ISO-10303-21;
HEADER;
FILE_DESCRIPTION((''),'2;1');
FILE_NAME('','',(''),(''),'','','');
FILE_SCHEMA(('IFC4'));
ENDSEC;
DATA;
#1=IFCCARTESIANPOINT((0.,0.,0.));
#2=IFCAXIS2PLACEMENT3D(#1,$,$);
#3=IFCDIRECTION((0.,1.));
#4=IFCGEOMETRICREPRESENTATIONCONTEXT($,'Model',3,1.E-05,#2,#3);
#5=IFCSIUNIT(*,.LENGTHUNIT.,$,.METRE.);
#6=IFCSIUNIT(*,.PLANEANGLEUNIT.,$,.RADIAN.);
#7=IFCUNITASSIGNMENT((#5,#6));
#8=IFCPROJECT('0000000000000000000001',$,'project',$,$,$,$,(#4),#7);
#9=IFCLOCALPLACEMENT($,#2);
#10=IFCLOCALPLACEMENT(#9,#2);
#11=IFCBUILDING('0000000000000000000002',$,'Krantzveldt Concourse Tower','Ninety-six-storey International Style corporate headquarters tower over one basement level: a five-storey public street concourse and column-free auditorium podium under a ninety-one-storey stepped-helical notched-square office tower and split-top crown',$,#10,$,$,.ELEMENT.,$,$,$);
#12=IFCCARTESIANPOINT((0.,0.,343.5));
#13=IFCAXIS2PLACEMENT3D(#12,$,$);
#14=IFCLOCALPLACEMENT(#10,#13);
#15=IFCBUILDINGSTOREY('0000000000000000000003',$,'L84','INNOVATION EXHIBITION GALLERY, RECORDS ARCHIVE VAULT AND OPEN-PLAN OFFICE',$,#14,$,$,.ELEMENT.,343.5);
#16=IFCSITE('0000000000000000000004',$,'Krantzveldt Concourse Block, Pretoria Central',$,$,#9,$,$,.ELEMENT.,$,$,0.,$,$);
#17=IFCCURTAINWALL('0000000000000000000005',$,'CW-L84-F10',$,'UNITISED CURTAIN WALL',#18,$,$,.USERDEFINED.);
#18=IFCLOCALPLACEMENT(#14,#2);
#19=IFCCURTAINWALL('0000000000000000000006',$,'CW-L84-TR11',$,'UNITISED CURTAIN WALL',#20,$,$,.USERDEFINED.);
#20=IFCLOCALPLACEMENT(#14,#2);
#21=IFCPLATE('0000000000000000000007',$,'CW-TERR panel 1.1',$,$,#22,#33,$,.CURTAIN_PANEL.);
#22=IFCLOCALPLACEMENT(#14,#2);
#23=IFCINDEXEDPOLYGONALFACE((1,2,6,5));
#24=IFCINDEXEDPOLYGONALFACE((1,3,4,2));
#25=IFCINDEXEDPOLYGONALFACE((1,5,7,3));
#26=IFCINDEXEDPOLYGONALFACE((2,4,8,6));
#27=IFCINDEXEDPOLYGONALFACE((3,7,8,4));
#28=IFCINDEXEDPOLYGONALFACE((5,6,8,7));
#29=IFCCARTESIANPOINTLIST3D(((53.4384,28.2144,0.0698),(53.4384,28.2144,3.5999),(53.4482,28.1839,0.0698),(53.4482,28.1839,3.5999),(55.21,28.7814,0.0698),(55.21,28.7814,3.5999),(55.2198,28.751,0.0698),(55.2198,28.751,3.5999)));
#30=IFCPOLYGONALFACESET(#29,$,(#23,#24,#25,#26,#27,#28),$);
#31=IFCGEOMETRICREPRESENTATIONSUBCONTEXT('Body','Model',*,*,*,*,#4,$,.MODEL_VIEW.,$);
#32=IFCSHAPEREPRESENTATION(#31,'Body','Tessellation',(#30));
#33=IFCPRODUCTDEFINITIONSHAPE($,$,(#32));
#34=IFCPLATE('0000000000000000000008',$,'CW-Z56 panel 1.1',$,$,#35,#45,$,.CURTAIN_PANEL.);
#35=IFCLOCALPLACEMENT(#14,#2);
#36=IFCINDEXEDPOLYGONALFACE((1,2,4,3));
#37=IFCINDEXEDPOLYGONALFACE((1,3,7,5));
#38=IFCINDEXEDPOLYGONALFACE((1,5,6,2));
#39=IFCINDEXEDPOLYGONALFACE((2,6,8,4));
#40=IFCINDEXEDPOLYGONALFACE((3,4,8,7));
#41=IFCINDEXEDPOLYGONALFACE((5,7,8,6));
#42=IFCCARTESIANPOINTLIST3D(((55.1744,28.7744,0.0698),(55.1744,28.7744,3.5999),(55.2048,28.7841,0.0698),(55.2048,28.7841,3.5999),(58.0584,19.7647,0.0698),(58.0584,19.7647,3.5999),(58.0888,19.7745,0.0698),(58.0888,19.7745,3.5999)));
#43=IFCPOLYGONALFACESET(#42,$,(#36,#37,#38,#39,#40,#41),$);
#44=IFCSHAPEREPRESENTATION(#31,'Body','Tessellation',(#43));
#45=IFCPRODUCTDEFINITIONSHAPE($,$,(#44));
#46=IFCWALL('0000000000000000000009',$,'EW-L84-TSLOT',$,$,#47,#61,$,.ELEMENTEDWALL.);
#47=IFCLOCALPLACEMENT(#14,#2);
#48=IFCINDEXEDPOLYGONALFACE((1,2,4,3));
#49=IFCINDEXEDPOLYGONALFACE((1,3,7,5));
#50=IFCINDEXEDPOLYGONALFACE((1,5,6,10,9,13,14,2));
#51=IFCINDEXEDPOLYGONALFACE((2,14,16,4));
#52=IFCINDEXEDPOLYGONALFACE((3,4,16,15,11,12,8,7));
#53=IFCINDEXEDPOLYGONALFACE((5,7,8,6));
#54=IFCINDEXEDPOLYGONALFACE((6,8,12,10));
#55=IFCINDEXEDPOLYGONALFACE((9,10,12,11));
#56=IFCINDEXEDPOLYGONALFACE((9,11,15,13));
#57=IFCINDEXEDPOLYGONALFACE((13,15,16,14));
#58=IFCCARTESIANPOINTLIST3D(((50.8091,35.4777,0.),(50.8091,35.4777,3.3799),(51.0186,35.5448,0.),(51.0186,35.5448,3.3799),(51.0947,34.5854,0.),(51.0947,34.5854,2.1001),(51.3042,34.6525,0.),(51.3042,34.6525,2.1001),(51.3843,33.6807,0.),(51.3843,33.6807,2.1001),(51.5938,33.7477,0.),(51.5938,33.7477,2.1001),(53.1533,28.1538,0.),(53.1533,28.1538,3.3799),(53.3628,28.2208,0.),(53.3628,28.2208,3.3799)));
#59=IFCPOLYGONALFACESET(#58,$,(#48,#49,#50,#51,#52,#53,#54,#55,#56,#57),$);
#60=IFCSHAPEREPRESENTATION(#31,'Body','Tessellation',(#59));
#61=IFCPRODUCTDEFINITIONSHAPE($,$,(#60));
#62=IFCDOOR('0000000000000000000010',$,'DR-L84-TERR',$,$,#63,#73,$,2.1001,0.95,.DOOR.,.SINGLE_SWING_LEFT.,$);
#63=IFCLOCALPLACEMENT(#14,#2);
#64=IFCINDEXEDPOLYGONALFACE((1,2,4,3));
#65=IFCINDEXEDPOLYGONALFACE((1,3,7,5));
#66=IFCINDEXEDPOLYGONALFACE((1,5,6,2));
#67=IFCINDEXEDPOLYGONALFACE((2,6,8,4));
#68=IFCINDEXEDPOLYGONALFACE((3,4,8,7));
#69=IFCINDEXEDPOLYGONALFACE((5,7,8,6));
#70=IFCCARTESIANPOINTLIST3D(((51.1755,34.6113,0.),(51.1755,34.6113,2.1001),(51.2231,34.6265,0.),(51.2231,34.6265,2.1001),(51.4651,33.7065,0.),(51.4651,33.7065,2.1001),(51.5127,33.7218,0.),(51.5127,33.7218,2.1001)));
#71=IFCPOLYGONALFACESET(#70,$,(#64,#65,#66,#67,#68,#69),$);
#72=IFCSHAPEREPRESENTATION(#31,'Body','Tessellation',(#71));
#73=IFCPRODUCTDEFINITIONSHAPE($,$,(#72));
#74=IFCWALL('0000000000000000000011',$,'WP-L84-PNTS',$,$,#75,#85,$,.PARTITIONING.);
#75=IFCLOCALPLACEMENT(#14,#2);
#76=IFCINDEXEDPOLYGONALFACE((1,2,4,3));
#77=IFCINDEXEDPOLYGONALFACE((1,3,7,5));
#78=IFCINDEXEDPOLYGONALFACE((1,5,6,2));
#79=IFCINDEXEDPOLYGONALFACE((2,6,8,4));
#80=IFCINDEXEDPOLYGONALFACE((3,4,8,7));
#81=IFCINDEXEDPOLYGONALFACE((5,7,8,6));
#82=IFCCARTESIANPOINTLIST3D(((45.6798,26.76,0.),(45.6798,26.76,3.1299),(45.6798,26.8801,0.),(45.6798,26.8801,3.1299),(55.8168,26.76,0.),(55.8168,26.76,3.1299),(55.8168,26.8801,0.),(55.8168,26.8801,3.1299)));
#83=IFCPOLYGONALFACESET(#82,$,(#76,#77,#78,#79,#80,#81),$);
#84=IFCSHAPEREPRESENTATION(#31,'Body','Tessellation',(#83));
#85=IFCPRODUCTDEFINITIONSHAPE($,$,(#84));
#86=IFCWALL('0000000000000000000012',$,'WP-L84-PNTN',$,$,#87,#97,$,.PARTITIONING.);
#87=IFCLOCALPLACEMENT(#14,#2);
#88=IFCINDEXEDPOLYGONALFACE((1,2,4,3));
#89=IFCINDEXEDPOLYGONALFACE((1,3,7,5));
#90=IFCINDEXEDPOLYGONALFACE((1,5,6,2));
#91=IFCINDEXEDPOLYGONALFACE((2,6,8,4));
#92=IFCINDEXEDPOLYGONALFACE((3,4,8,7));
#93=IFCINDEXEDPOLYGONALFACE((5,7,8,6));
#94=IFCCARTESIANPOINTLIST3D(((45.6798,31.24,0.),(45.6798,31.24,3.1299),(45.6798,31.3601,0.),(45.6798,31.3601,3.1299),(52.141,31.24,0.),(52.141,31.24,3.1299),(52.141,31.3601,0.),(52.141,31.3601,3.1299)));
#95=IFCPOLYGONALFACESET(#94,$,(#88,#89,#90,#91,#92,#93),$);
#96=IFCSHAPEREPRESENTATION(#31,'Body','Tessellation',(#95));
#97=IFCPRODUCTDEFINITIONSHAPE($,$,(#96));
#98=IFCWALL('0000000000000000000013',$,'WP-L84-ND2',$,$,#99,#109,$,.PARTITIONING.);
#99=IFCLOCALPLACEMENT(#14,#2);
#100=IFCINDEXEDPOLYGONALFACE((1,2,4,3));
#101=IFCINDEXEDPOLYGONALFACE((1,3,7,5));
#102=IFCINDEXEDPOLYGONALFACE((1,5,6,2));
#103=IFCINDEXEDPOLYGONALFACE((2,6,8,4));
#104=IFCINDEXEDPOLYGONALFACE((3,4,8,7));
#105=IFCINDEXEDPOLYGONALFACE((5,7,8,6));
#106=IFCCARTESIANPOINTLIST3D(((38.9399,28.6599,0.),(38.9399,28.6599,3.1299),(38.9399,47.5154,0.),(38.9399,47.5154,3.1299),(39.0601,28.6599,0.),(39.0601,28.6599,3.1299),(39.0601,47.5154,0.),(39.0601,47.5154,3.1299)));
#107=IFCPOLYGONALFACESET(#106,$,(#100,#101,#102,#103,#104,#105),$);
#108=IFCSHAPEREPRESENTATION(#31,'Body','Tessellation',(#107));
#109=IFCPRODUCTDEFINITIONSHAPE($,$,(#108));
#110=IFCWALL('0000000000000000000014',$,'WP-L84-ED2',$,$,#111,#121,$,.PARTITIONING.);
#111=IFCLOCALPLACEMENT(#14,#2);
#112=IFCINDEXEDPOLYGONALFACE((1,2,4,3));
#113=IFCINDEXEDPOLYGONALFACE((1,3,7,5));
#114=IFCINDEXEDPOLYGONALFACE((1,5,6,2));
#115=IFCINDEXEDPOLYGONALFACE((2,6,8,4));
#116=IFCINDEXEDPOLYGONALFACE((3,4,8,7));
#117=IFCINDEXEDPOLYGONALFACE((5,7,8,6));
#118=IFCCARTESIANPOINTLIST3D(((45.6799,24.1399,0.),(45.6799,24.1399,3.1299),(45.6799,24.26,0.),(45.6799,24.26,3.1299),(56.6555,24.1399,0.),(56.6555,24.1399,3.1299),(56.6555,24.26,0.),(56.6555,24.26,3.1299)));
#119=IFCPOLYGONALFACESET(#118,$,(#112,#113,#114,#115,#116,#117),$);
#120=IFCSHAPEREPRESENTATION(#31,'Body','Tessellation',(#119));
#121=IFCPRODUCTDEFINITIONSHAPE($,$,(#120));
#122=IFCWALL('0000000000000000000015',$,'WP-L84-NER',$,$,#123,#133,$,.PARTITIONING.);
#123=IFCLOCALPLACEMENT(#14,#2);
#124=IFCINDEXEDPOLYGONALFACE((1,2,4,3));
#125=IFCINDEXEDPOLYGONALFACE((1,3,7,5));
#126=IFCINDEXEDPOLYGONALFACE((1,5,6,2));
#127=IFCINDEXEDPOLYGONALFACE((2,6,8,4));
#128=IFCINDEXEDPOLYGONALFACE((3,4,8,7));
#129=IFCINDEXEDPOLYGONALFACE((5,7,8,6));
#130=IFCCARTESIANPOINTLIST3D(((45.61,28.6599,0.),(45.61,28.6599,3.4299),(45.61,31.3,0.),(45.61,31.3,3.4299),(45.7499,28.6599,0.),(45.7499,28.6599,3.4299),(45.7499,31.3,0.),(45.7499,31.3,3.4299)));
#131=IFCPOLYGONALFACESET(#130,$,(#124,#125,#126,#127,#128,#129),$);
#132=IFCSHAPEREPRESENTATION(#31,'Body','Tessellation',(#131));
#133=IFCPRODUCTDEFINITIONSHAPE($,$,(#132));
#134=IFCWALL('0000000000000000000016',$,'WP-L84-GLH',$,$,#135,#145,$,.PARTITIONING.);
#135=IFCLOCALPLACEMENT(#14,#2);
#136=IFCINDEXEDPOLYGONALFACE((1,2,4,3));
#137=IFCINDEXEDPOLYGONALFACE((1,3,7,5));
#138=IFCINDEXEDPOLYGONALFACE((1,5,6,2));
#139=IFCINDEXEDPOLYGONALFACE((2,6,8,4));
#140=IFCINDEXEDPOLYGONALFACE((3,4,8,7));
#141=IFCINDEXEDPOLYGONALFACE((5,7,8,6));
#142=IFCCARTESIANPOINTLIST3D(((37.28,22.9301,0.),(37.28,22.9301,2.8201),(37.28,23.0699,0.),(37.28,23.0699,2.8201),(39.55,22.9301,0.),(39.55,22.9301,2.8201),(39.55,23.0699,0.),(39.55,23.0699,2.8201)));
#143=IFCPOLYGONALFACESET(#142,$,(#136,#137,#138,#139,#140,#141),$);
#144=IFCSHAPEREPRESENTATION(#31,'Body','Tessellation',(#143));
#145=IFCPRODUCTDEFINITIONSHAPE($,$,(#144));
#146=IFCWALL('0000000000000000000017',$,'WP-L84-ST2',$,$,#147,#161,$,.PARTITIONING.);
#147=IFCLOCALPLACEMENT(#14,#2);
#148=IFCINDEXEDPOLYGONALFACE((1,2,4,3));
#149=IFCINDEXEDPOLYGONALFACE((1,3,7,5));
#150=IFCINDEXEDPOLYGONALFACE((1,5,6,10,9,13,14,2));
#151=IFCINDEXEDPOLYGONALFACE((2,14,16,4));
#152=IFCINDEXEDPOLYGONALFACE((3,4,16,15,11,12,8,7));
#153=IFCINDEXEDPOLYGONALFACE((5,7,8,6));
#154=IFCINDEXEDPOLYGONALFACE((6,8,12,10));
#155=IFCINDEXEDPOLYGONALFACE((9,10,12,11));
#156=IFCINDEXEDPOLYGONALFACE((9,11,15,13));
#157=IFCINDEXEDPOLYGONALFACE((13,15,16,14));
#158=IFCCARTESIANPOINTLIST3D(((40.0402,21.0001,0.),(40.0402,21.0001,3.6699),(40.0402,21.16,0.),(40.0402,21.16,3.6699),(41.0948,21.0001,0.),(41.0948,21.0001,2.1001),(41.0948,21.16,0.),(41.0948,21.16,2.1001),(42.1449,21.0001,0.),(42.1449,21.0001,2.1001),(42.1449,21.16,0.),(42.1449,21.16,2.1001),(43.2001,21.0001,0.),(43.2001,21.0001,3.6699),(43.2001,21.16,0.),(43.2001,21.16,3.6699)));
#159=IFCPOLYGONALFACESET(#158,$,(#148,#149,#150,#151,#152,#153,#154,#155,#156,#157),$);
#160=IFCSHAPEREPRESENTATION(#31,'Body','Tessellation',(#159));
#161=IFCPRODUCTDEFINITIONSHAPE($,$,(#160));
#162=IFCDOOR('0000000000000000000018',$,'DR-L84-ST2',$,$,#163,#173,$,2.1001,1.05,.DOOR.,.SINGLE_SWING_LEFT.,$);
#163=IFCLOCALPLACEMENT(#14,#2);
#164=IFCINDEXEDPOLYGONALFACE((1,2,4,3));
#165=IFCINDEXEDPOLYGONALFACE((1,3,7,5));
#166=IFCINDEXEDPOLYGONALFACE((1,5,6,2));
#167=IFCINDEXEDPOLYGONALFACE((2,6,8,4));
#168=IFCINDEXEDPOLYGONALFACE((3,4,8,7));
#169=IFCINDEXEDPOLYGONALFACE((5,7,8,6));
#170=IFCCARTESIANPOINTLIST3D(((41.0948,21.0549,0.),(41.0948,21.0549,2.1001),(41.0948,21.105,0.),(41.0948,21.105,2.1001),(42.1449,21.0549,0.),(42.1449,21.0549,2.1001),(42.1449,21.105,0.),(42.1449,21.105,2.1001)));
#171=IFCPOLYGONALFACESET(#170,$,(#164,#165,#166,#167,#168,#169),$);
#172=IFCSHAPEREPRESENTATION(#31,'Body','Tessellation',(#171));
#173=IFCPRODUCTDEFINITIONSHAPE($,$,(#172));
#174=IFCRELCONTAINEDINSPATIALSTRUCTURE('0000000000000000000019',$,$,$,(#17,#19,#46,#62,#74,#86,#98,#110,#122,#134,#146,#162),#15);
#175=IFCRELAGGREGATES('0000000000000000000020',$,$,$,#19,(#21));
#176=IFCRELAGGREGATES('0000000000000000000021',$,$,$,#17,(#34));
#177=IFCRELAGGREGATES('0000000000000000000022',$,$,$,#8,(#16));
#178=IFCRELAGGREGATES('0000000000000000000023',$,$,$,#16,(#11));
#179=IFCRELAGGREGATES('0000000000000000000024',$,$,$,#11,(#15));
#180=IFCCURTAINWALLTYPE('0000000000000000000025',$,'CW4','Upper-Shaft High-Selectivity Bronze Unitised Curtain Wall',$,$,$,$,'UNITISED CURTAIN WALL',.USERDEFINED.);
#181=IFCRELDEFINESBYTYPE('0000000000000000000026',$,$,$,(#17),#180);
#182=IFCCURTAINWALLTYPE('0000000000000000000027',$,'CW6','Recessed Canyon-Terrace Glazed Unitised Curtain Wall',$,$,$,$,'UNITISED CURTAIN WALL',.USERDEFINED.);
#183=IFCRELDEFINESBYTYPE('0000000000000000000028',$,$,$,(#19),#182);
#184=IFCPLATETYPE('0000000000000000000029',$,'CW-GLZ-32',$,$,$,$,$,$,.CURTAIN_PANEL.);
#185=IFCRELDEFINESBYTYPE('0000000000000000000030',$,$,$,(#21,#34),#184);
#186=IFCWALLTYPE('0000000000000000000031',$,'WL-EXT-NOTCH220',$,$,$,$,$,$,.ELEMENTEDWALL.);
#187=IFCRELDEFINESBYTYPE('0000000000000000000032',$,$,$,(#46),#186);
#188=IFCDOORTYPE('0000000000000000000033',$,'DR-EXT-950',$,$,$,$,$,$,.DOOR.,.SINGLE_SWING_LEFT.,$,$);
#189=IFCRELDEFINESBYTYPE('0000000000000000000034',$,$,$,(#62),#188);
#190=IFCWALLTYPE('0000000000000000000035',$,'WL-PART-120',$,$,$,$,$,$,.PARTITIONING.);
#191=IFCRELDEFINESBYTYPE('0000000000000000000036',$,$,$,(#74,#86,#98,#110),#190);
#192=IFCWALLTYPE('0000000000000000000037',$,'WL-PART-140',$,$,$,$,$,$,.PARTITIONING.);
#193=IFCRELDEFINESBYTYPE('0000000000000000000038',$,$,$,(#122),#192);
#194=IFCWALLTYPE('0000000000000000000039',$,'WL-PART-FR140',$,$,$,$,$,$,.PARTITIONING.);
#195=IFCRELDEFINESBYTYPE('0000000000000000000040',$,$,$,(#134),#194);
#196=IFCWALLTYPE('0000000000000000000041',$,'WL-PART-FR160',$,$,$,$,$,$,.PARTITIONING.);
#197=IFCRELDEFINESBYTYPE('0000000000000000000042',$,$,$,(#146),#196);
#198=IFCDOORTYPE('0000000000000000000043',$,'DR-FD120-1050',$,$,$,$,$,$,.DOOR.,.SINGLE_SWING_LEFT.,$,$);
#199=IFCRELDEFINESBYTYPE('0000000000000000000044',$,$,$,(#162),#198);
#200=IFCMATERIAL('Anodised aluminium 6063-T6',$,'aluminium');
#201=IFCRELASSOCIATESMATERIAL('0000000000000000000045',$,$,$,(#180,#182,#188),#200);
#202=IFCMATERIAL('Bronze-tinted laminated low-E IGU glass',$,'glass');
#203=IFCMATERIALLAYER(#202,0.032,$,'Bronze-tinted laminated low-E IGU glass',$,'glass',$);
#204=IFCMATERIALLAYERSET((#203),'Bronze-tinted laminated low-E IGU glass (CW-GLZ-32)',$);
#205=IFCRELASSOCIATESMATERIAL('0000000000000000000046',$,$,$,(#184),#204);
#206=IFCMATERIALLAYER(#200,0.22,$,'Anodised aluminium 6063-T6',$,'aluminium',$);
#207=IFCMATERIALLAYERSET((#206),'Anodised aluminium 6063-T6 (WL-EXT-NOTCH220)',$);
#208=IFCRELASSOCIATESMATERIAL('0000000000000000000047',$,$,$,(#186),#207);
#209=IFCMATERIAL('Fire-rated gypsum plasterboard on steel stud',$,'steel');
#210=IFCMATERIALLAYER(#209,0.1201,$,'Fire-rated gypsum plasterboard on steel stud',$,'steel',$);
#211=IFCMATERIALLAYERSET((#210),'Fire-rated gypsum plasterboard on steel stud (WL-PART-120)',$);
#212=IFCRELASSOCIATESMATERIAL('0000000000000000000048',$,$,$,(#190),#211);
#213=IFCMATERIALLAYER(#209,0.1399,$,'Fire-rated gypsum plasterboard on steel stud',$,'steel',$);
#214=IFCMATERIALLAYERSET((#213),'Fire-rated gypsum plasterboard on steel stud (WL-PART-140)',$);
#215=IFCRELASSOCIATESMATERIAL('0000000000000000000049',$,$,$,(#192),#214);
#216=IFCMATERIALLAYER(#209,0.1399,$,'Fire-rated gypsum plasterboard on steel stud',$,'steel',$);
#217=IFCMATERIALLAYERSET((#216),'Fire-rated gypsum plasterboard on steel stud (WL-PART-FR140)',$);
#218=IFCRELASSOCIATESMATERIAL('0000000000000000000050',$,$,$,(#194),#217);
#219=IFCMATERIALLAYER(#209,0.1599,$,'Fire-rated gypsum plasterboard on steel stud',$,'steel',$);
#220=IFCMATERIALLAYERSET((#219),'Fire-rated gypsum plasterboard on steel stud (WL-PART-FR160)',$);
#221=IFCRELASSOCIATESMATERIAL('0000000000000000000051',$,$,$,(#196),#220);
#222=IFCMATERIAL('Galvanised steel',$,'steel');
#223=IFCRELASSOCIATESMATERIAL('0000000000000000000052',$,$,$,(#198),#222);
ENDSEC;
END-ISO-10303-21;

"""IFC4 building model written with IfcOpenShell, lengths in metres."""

from ifc_helpers import new_model, si_unit, direction, frame, frame_2d, origin, origin_2d, place, context, subcontext, project, spatial, rectangle, extrude, source, transform, mapped, material, layer, layer_set, type_object, type_shapes, element, fill, aggregate, save


model = new_model("IFC4")

# Units and contexts
model_context = context("Model", 3, precision=1e-05, world=origin(), true_north=direction((0.0, 1.0)))
body_context = subcontext(model_context, "Body", "Model", "MODEL_VIEW")
ifc_project = project(units=[si_unit("LENGTHUNIT", "METRE"), si_unit("PLANEANGLEUNIT", "RADIAN")], contexts=[model_context])

# Site, building, storey
site_placement = place(None, origin())
site = spatial("IfcSite", under=ifc_project, at=site_placement, Name="Krantzveldt Concourse Block, Pretoria Central", CompositionType="ELEMENT", RefElevation=0.0)
building_placement = place(site_placement, origin())
building = spatial("IfcBuilding", under=site, at=building_placement, Name="Krantzveldt Concourse Tower", Description="Ninety-six-storey International Style corporate headquarters tower over one basement level: a five-storey public street concourse and column-free auditorium podium under a ninety-one-storey stepped-helical notched-square office tower and split-top crown", CompositionType="ELEMENT")
storey_placement = place(building_placement, frame((0.0, 0.0, 343.5)))
storey = spatial("IfcBuildingStorey", under=building, at=storey_placement, Name="L84", Description="INNOVATION EXHIBITION GALLERY, RECORDS ARCHIVE VAULT AND OPEN-PLAN OFFICE", CompositionType="ELEMENT", Elevation=343.5)

# Curtain wall
ifc_material_1 = material(Name="Anodised aluminium 6063-T6", Category="aluminium")
curtain_wall_type_1 = type_object("IfcCurtainWallType", Name="CW4", Description="Upper-Shaft High-Selectivity Bronze Unitised Curtain Wall", ElementType="UNITISED CURTAIN WALL", PredefinedType="USERDEFINED", material=ifc_material_1)
curtain_wall_1_placement = place(storey_placement, origin())
curtain_wall_1 = element("IfcCurtainWall", 1, at=curtain_wall_1_placement, inside=storey, type_object=curtain_wall_type_1, Name="CW-L84-F10", ObjectType="UNITISED CURTAIN WALL", PredefinedType="USERDEFINED")

# Curtain wall
curtain_wall_type_2 = type_object("IfcCurtainWallType", Name="CW6", Description="Recessed Canyon-Terrace Glazed Unitised Curtain Wall", ElementType="UNITISED CURTAIN WALL", PredefinedType="USERDEFINED", material=ifc_material_1)
curtain_wall_2_placement = place(storey_placement, origin())
curtain_wall_2 = element("IfcCurtainWall", 2, at=curtain_wall_2_placement, inside=storey, type_object=curtain_wall_type_2, Name="CW-L84-TR11", ObjectType="UNITISED CURTAIN WALL", PredefinedType="USERDEFINED")

# Plates
ifc_material_2 = material(Name="Bronze-tinted laminated low-E IGU glass", Category="glass")
ifc_layer_1 = layer(ifc_material_2, 0.032, Name="Bronze-tinted laminated low-E IGU glass", Category="glass")
ifc_layer_set_1 = layer_set([ifc_layer_1], Name="Bronze-tinted laminated low-E IGU glass (CW-GLZ-32)")
plate_type = type_object("IfcPlateType", Name="CW-GLZ-32", PredefinedType="CURTAIN_PANEL", material=ifc_layer_set_1)
shared_shape_1 = source(origin(), body_context, "Body", "SweptSolid", [
    extrude(rectangle(XDim=1.8601, YDim=0.032, at=origin_2d()), origin(), (0.0, 0.0, 1.0), 3.53),
])
plate_1_placement = place(storey_placement, frame((54.3291, 28.4827, 0.0698), z_axis=(0.0, 0.0, 1.0), x_axis=(-0.952396, -0.304865, 0.0)))
plate_1 = element("IfcPlate", 3, at=plate_1_placement, type_object=plate_type, Name="CW-TERR panel 1.1", PredefinedType="CURTAIN_PANEL", context=body_context, shape_type="MappedRepresentation", body=[
    mapped(shared_shape_1, transform((0.0, 0.0, 0.0), x_axis=(1.0, 0.0, 0.0), y_axis=(0.0, 1.0, 0.0), z_axis=(0.0, 0.0, 1.0), scale=1.0)),
])
aggregate(curtain_wall_2, [plate_1])
shared_shape_2 = source(origin(), body_context, "Body", "SweptSolid", [
    extrude(rectangle(XDim=9.46, YDim=0.032, at=origin_2d()), origin(), (0.0, 0.0, 1.0), 3.53),
])
type_shapes(plate_type, [shared_shape_1, shared_shape_2])
plate_2_placement = place(storey_placement, frame((56.6316, 24.2744, 0.0698), z_axis=(0.0, 0.0, 1.0), x_axis=(-0.304865, 0.952396, 0.0)))
plate_2 = element("IfcPlate", 4, at=plate_2_placement, type_object=plate_type, Name="CW-Z56 panel 1.1", PredefinedType="CURTAIN_PANEL", context=body_context, shape_type="MappedRepresentation", body=[
    mapped(shared_shape_2, transform((0.0, 0.0, 0.0), x_axis=(1.0, 0.0, 0.0), y_axis=(0.0, 1.0, 0.0), z_axis=(0.0, 0.0, 1.0), scale=1.0)),
])
aggregate(curtain_wall_1, [plate_2])

# Wall, opening, door
ifc_layer_2 = layer(ifc_material_1, 0.22, Name="Anodised aluminium 6063-T6", Category="aluminium")
ifc_layer_set_2 = layer_set([ifc_layer_2], Name="Anodised aluminium 6063-T6 (WL-EXT-NOTCH220)")
wall_type_1 = type_object("IfcWallType", Name="WL-EXT-NOTCH220", PredefinedType="ELEMENTEDWALL", material=ifc_layer_set_2)
wall_1_placement = place(storey_placement, frame((50.9138, 35.5112, 0.0), z_axis=(0.0, 0.0, 1.0), x_axis=(0.304843, -0.952403, 0.0)))
wall_1 = element("IfcWall", 5, at=wall_1_placement, inside=storey, type_object=wall_type_1, Name="EW-L84-TSLOT", PredefinedType="ELEMENTEDWALL", context=body_context, shape_type="SweptSolid", body=[
    extrude(rectangle(XDim=7.6899, YDim=0.22, at=frame_2d((3.845, 0.0))), origin(), (0.0, 0.0, 1.0), 3.3799),
])
opening_1_placement = place(wall_1_placement, frame((0.9368, 0.0, 0.0)))
opening_1 = element("IfcOpeningElement", 6, at=opening_1_placement, cuts=wall_1, PredefinedType="OPENING", context=body_context, shape_type="SweptSolid", body=[
    extrude(rectangle(XDim=0.95, YDim=2.1001, at=frame_2d((0.4751, 1.05))), frame((0.0, 0.1201, 0.0), z_axis=(0.0, -1.0, 0.0), x_axis=(1.0, 0.0, 0.0)), (0.0, 0.0, 1.0), 0.24),
])
door_type_1 = type_object("IfcDoorType", Name="DR-EXT-950", OperationType="SINGLE_SWING_LEFT", PredefinedType="DOOR", material=ifc_material_1)
door_1_placement = place(opening_1_placement, origin())
door_1 = element("IfcDoor", 7, at=door_1_placement, inside=storey, type_object=door_type_1, Name="DR-L84-TERR", OperationType="SINGLE_SWING_LEFT", OverallHeight=2.1001, OverallWidth=0.95, PredefinedType="DOOR", context=body_context, shape_type="SweptSolid", body=[
    extrude(rectangle(XDim=0.95, YDim=2.1001, at=frame_2d((0.4751, 1.05))), frame((0.0, 0.0249, 0.0), z_axis=(0.0, -1.0, 0.0), x_axis=(1.0, 0.0, 0.0)), (0.0, 0.0, 1.0), 0.05),
])
fill(opening_1, door_1)

# Walls
ifc_material_3 = material(Name="Fire-rated gypsum plasterboard on steel stud", Category="steel")
ifc_layer_3 = layer(ifc_material_3, 0.1201, Name="Fire-rated gypsum plasterboard on steel stud", Category="steel")
ifc_layer_set_3 = layer_set([ifc_layer_3], Name="Fire-rated gypsum plasterboard on steel stud (WL-PART-120)")
wall_type_2 = type_object("IfcWallType", Name="WL-PART-120", PredefinedType="PARTITIONING", material=ifc_layer_set_3)
wall_2_placement = place(storey_placement, frame((45.6799, 26.8201, 0.0), z_axis=(0.0, 0.0, 1.0), x_axis=(1.0, 0.0, 0.0)))
element("IfcWall", 8, at=wall_2_placement, inside=storey, type_object=wall_type_2, Name="WP-L84-PNTS", PredefinedType="PARTITIONING", context=body_context, shape_type="SweptSolid", body=[
    extrude(rectangle(XDim=10.137, YDim=0.1201, at=frame_2d((5.0684, 0.0))), origin(), (0.0, 0.0, 1.0), 3.1299),
])
wall_3_placement = place(storey_placement, frame((45.6799, 31.3, 0.0), z_axis=(0.0, 0.0, 1.0), x_axis=(1.0, 0.0, 0.0)))
element("IfcWall", 9, at=wall_3_placement, inside=storey, type_object=wall_type_2, Name="WP-L84-PNTN", PredefinedType="PARTITIONING", context=body_context, shape_type="SweptSolid", body=[
    extrude(rectangle(XDim=6.4612, YDim=0.1201, at=frame_2d((3.2305, 0.0))), origin(), (0.0, 0.0, 1.0), 3.1299),
])
wall_4_placement = place(storey_placement, frame((39.0, 28.6599, 0.0), z_axis=(0.0, 0.0, 1.0), x_axis=(0.0, 1.0, 0.0)))
element("IfcWall", 10, at=wall_4_placement, inside=storey, type_object=wall_type_2, Name="WP-L84-ND2", PredefinedType="PARTITIONING", context=body_context, shape_type="SweptSolid", body=[
    extrude(rectangle(XDim=18.8555, YDim=0.1201, at=frame_2d((9.4277, 0.0))), origin(), (0.0, 0.0, 1.0), 3.1299),
])
wall_5_placement = place(storey_placement, frame((45.6799, 24.2, 0.0), z_axis=(0.0, 0.0, 1.0), x_axis=(1.0, 0.0, 0.0)))
element("IfcWall", 11, at=wall_5_placement, inside=storey, type_object=wall_type_2, Name="WP-L84-ED2", PredefinedType="PARTITIONING", context=body_context, shape_type="SweptSolid", body=[
    extrude(rectangle(XDim=10.9756, YDim=0.1201, at=frame_2d((5.4878, 0.0))), origin(), (0.0, 0.0, 1.0), 3.1299),
])
ifc_layer_4 = layer(ifc_material_3, 0.1399, Name="Fire-rated gypsum plasterboard on steel stud", Category="steel")
ifc_layer_set_4 = layer_set([ifc_layer_4], Name="Fire-rated gypsum plasterboard on steel stud (WL-PART-140)")
wall_type_3 = type_object("IfcWallType", Name="WL-PART-140", PredefinedType="PARTITIONING", material=ifc_layer_set_4)
wall_6_placement = place(storey_placement, frame((45.6799, 28.6599, 0.0), z_axis=(0.0, 0.0, 1.0), x_axis=(0.0, 1.0, 0.0)))
element("IfcWall", 12, at=wall_6_placement, inside=storey, type_object=wall_type_3, Name="WP-L84-NER", PredefinedType="PARTITIONING", context=body_context, shape_type="SweptSolid", body=[
    extrude(rectangle(XDim=2.6401, YDim=0.1399, at=frame_2d((1.3201, 0.0))), origin(), (0.0, 0.0, 1.0), 3.4299),
])
ifc_layer_5 = layer(ifc_material_3, 0.1399, Name="Fire-rated gypsum plasterboard on steel stud", Category="steel")
ifc_layer_set_5 = layer_set([ifc_layer_5], Name="Fire-rated gypsum plasterboard on steel stud (WL-PART-FR140)")
wall_type_4 = type_object("IfcWallType", Name="WL-PART-FR140", PredefinedType="PARTITIONING", material=ifc_layer_set_5)
wall_7_placement = place(storey_placement, frame((37.28, 23.0, 0.0), z_axis=(0.0, 0.0, 1.0), x_axis=(1.0, 0.0, 0.0)))
element("IfcWall", 13, at=wall_7_placement, inside=storey, type_object=wall_type_4, Name="WP-L84-GLH", PredefinedType="PARTITIONING", context=body_context, shape_type="SweptSolid", body=[
    extrude(rectangle(XDim=2.27, YDim=0.1399, at=frame_2d((1.135, 0.0))), origin(), (0.0, 0.0, 1.0), 2.8201),
])

# Wall, opening, door
ifc_layer_6 = layer(ifc_material_3, 0.1599, Name="Fire-rated gypsum plasterboard on steel stud", Category="steel")
ifc_layer_set_6 = layer_set([ifc_layer_6], Name="Fire-rated gypsum plasterboard on steel stud (WL-PART-FR160)")
wall_type_5 = type_object("IfcWallType", Name="WL-PART-FR160", PredefinedType="PARTITIONING", material=ifc_layer_set_6)
wall_8_placement = place(storey_placement, frame((40.04, 21.0801, 0.0), z_axis=(0.0, 0.0, 1.0), x_axis=(1.0, 0.0, 0.0)))
wall_8 = element("IfcWall", 14, at=wall_8_placement, inside=storey, type_object=wall_type_5, Name="WP-L84-ST2", PredefinedType="PARTITIONING", context=body_context, shape_type="SweptSolid", body=[
    extrude(rectangle(XDim=3.1599, YDim=0.1599, at=frame_2d((1.5801, 0.0))), origin(), (0.0, 0.0, 1.0), 3.6699),
])
opening_2_placement = place(wall_8_placement, frame((1.0549, 0.0, 0.0)))
opening_2 = element("IfcOpeningElement", 15, at=opening_2_placement, cuts=wall_8, PredefinedType="OPENING", context=body_context, shape_type="SweptSolid", body=[
    extrude(rectangle(XDim=1.05, YDim=2.1001, at=frame_2d((0.5249, 1.05))), frame((0.0, 0.0898, 0.0), z_axis=(0.0, -1.0, 0.0), x_axis=(1.0, 0.0, 0.0)), (0.0, 0.0, 1.0), 0.1799),
])
ifc_material_4 = material(Name="Galvanised steel", Category="steel")
door_type_2 = type_object("IfcDoorType", Name="DR-FD120-1050", OperationType="SINGLE_SWING_LEFT", PredefinedType="DOOR", material=ifc_material_4)
door_2_placement = place(opening_2_placement, origin())
door_2 = element("IfcDoor", 16, at=door_2_placement, inside=storey, type_object=door_type_2, Name="DR-L84-ST2", OperationType="SINGLE_SWING_LEFT", OverallHeight=2.1001, OverallWidth=1.05, PredefinedType="DOOR", context=body_context, shape_type="SweptSolid", body=[
    extrude(rectangle(XDim=1.05, YDim=2.1001, at=frame_2d((0.5249, 1.05))), frame((0.0, 0.0249, 0.0), z_axis=(0.0, -1.0, 0.0), x_axis=(1.0, 0.0, 0.0)), (0.0, 0.0, 1.0), 0.05),
])
fill(opening_2, door_2)

save(model, "model.ifc")
